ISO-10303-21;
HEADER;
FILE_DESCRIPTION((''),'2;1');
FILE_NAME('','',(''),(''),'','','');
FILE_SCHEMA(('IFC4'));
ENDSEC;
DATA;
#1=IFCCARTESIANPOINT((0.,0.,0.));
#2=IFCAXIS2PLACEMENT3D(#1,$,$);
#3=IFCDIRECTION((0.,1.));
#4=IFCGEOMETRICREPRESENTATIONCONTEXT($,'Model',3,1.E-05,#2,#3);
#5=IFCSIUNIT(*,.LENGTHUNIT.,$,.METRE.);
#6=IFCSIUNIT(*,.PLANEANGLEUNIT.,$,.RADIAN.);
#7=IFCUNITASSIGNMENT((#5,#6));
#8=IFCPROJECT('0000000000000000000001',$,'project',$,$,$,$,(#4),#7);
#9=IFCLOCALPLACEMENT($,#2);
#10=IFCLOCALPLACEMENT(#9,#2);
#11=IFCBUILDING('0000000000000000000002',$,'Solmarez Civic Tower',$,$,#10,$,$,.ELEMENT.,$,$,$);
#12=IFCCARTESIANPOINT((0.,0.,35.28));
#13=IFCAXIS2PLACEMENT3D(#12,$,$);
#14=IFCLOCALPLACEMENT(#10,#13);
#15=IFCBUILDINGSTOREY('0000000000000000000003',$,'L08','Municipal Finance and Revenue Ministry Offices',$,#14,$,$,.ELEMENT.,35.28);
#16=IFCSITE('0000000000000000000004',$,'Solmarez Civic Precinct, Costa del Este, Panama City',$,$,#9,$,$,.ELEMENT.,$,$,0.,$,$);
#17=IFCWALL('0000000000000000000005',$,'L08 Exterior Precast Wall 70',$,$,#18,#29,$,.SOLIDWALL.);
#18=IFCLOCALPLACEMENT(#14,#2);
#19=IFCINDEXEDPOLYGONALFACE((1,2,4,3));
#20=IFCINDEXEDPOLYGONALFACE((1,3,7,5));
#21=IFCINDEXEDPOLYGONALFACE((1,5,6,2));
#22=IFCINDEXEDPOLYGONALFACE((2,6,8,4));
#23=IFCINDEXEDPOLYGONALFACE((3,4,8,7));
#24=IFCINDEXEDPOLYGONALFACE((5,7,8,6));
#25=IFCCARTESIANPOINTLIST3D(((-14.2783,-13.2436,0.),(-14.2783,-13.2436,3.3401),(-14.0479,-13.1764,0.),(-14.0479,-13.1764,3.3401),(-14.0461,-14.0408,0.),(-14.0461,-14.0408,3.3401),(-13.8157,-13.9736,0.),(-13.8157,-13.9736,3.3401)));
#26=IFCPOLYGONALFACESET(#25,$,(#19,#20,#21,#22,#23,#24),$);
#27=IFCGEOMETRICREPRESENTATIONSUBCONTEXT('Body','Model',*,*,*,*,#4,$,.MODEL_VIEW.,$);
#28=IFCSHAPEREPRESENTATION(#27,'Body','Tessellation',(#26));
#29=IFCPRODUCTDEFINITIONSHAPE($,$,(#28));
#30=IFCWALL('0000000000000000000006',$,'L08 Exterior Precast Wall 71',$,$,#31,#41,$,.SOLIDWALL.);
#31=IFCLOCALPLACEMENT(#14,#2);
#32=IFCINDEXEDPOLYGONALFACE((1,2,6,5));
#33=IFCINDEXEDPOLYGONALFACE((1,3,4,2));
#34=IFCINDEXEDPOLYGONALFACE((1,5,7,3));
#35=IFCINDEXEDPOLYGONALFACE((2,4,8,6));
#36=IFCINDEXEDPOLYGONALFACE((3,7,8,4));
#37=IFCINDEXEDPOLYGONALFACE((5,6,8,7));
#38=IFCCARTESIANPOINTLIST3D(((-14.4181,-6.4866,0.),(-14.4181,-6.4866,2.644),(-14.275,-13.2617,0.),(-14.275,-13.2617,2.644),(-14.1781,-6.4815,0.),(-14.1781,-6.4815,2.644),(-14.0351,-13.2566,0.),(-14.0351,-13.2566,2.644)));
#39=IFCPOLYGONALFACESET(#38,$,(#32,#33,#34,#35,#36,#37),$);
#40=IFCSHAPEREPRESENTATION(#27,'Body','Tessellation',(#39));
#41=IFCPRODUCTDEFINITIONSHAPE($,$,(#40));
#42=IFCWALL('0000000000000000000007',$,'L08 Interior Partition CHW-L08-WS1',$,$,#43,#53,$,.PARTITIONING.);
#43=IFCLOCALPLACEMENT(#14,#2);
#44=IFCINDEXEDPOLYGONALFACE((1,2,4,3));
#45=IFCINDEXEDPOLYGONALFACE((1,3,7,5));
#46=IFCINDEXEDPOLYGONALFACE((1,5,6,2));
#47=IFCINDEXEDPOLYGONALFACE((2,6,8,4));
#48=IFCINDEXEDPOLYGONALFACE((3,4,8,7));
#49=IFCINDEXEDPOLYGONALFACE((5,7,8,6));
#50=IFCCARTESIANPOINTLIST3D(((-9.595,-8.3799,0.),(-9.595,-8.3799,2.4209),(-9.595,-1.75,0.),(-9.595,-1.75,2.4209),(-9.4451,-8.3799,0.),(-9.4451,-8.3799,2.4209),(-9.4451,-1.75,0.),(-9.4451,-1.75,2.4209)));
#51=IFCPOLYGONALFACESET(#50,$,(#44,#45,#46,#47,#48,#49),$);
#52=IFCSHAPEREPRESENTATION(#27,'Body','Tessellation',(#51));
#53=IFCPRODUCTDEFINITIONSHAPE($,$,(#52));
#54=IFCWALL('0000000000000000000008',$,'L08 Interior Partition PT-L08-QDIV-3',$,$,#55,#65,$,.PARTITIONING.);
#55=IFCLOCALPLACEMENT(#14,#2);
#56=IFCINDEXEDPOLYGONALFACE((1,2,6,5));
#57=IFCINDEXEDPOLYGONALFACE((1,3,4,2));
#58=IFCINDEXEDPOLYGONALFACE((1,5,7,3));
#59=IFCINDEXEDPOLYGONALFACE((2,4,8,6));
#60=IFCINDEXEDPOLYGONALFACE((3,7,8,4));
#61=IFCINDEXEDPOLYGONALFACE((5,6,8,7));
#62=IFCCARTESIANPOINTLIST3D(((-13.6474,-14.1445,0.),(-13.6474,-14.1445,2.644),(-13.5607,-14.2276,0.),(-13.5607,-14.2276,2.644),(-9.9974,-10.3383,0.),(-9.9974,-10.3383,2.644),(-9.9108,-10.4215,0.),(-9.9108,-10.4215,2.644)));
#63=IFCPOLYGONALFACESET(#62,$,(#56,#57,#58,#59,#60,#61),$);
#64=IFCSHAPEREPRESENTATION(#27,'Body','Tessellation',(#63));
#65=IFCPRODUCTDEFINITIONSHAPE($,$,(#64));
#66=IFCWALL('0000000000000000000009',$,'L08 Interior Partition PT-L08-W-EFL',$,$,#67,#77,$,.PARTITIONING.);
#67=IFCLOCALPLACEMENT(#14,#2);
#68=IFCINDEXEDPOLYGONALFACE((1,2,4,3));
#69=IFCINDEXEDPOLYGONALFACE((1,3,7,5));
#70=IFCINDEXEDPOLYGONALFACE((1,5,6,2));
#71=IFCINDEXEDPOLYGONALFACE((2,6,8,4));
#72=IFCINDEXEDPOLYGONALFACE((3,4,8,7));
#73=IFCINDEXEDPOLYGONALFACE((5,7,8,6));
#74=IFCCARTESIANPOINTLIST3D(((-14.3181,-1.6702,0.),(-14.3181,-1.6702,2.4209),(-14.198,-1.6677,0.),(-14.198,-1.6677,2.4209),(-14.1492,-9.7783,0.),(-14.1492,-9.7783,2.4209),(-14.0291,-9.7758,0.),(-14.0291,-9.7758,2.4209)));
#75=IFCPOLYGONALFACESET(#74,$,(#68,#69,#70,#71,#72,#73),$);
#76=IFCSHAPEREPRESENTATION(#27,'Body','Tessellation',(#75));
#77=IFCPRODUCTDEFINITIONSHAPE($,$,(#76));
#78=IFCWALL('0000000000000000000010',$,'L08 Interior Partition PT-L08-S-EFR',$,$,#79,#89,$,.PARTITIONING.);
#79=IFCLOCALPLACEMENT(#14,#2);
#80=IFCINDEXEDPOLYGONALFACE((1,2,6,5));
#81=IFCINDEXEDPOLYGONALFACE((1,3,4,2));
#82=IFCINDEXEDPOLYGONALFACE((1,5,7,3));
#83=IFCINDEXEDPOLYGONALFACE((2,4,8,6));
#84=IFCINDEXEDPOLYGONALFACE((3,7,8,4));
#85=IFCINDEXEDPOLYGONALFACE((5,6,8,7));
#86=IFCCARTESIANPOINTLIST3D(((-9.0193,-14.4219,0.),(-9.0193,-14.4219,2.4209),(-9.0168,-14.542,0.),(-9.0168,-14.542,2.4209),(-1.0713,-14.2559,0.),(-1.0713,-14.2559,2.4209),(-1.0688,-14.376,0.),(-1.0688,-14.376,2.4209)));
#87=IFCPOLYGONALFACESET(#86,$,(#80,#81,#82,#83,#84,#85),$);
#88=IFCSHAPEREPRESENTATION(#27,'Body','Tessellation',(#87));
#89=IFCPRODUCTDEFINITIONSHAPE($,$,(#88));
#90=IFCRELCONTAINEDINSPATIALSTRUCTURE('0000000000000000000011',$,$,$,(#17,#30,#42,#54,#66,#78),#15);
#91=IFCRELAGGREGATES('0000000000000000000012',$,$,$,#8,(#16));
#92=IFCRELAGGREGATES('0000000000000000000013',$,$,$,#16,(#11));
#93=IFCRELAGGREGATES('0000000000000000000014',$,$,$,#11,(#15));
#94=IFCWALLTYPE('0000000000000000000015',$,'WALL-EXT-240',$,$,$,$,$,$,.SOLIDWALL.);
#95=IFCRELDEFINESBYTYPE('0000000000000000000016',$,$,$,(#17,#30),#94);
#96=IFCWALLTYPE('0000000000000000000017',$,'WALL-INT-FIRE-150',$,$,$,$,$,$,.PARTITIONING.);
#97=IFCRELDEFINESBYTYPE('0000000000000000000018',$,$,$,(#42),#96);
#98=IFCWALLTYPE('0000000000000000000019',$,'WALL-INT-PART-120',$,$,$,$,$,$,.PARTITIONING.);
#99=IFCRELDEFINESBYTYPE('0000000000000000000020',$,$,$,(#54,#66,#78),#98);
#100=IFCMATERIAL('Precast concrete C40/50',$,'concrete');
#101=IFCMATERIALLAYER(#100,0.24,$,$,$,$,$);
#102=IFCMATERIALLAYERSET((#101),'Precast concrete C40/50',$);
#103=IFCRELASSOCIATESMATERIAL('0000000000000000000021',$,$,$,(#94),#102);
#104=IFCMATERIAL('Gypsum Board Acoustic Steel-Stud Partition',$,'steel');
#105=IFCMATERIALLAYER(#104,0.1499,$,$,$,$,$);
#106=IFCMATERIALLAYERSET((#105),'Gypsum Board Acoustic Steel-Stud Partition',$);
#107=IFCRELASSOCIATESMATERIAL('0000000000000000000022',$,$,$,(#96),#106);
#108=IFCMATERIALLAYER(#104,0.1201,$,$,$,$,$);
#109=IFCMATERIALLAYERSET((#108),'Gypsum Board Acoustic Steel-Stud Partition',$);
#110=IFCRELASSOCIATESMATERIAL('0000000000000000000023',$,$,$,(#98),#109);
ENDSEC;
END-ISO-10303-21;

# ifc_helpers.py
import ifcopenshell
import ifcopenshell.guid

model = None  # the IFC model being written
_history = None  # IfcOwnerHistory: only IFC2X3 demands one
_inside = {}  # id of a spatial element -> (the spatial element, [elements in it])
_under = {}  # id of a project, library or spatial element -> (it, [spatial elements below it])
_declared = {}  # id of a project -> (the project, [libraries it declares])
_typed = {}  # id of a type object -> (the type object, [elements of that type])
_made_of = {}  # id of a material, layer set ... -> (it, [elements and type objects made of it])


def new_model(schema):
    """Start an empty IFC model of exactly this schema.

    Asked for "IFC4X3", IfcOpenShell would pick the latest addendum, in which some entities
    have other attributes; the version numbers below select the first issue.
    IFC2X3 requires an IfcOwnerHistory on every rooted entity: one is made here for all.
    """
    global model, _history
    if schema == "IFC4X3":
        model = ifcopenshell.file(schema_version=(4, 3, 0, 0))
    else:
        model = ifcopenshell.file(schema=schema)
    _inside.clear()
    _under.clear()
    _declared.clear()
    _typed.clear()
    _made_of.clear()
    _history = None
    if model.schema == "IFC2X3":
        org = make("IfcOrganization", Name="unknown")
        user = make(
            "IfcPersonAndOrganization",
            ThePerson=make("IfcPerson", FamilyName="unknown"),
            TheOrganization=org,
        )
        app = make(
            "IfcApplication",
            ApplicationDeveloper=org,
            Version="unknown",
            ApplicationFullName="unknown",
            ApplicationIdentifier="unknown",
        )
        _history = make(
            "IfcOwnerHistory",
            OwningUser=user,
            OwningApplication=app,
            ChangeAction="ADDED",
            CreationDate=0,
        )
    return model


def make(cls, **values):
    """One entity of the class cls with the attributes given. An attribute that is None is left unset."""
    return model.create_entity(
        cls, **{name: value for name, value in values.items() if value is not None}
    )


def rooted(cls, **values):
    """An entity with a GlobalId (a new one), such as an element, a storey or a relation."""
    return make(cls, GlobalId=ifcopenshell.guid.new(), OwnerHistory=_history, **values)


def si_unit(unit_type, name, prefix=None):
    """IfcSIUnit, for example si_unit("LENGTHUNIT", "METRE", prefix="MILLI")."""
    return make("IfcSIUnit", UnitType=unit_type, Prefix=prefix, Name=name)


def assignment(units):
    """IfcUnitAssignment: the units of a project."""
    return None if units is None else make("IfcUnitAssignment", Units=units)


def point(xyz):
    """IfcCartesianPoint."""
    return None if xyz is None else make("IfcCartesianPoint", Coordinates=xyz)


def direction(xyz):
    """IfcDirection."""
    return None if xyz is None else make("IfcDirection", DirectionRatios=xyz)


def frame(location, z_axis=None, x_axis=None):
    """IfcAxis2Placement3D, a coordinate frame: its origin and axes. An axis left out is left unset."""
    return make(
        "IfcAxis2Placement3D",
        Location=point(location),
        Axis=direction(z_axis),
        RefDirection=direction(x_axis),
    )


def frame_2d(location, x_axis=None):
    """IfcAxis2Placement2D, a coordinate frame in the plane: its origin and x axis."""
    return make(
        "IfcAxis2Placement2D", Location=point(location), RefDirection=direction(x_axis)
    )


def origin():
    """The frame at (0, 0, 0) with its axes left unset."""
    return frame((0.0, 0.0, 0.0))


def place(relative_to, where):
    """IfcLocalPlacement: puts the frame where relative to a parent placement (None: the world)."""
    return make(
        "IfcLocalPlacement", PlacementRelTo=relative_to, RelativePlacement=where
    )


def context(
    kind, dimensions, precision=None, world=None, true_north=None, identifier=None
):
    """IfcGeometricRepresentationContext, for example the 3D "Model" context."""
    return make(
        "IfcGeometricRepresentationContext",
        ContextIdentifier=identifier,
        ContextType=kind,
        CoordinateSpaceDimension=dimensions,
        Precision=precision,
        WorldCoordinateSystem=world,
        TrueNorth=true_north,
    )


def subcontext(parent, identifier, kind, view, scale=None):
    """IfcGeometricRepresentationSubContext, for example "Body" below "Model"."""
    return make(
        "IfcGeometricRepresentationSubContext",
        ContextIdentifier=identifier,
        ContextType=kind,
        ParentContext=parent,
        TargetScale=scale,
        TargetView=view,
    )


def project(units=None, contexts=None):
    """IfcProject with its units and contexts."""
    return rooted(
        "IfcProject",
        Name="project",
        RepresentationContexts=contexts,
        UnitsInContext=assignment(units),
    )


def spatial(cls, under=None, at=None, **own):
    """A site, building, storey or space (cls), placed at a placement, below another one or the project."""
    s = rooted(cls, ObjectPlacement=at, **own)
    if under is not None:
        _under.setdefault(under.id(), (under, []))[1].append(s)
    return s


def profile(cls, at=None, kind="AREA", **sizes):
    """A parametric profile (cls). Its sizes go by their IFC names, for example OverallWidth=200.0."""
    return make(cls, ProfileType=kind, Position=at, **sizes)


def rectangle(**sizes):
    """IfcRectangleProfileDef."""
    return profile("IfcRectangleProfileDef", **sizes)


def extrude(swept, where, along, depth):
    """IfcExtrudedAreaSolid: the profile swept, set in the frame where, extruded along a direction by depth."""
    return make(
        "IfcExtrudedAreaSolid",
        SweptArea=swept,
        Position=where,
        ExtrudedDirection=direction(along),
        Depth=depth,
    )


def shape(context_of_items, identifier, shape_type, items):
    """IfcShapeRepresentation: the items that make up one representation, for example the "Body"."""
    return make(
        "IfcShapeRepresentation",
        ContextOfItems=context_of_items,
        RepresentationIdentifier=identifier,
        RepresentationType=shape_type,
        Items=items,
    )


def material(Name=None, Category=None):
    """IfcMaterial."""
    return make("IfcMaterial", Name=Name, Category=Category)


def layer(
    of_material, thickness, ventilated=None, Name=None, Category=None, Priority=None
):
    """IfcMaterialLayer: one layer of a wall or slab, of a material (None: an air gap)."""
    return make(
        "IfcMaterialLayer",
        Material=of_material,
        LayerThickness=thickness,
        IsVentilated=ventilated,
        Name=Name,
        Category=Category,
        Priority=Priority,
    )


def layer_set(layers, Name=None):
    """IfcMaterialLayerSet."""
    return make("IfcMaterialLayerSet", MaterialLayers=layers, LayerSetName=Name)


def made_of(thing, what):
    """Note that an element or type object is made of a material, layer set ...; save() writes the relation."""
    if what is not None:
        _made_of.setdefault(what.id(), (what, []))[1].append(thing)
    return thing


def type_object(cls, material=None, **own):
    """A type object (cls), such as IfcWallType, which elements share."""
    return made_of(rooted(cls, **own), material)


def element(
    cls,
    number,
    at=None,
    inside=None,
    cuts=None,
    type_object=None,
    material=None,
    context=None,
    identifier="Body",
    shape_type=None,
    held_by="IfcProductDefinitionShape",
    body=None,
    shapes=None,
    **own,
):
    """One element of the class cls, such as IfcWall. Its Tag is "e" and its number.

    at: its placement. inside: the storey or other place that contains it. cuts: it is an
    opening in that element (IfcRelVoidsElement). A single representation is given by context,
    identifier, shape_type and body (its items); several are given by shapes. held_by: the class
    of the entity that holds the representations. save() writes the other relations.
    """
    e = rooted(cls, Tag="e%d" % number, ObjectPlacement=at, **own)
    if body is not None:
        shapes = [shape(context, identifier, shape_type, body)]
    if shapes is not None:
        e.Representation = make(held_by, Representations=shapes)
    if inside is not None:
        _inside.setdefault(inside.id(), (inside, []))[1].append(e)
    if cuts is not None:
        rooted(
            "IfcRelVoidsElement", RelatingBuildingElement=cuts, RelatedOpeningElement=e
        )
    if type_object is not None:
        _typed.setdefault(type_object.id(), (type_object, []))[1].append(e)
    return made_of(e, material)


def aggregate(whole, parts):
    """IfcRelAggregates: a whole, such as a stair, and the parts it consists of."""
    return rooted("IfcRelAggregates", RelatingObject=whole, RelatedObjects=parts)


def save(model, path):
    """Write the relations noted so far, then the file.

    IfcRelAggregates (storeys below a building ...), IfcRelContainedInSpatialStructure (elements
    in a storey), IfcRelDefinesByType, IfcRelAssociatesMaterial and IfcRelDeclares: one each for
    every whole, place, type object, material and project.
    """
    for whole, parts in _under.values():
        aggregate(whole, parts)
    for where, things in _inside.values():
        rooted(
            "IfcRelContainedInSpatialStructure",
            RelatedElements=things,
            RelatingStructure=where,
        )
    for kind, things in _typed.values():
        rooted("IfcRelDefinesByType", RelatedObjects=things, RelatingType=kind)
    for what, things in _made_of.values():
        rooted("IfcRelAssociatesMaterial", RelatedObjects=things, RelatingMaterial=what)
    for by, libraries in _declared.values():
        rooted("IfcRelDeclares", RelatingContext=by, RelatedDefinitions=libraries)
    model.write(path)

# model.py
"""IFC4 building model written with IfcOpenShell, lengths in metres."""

from ifc_helpers import new_model, si_unit, direction, frame, frame_2d, origin, place, context, subcontext, project, spatial, rectangle, extrude, material, layer, layer_set, type_object, element, save


model = new_model("IFC4")

# Units and contexts
model_context = context("Model", 3, precision=1e-05, world=origin(), true_north=direction((0.0, 1.0)))
body_context = subcontext(model_context, "Body", "Model", "MODEL_VIEW")
ifc_project = project(units=[si_unit("LENGTHUNIT", "METRE"), si_unit("PLANEANGLEUNIT", "RADIAN")], contexts=[model_context])

# Site, building, storey
site_placement = place(None, origin())
site = spatial("IfcSite", under=ifc_project, at=site_placement, Name="Solmarez Civic Precinct, Costa del Este, Panama City", CompositionType="ELEMENT", RefElevation=0.0)
building_placement = place(site_placement, origin())
building = spatial("IfcBuilding", under=site, at=building_placement, Name="Solmarez Civic Tower", CompositionType="ELEMENT")
storey_placement = place(building_placement, frame((0.0, 0.0, 35.28)))
storey = spatial("IfcBuildingStorey", under=building, at=storey_placement, Name="L08", Description="Municipal Finance and Revenue Ministry Offices", CompositionType="ELEMENT", Elevation=35.28)

# Shared definitions
ifc_material_1 = material(Name="Precast concrete C40/50", Category="concrete")
ifc_layer_1 = layer(ifc_material_1, 0.24)
ifc_layer_set_1 = layer_set([ifc_layer_1], Name="Precast concrete C40/50")
wall_type_1 = type_object("IfcWallType", Name="WALL-EXT-240", PredefinedType="SOLIDWALL", material=ifc_layer_set_1)

# Walls
wall_1_placement = place(storey_placement, frame((-13.9309, -14.0071, 0.0), z_axis=(0.0, 0.0, 1.0), x_axis=(-0.27965, 0.960102, 0.0)))
element("IfcWall", 1, at=wall_1_placement, inside=storey, type_object=wall_type_1, Name="L08 Exterior Precast Wall 70", PredefinedType="SOLIDWALL", context=body_context, shape_type="SweptSolid", body=[
    extrude(rectangle(XDim=0.8303, YDim=0.24, at=frame_2d((0.415, 0.0))), origin(), (0.0, 0.0, 1.0), 3.3401),
])
wall_2_placement = place(storey_placement, frame((-14.155, -13.259, 0.0), z_axis=(0.0, 0.0, 1.0), x_axis=(-0.021112, 0.999777, 0.0)))
element("IfcWall", 2, at=wall_2_placement, inside=storey, type_object=wall_type_1, Name="L08 Exterior Precast Wall 71", PredefinedType="SOLIDWALL", context=body_context, shape_type="SweptSolid", body=[
    extrude(rectangle(XDim=6.7766, YDim=0.24, at=frame_2d((3.3882, 0.0))), origin(), (0.0, 0.0, 1.0), 2.644),
])
ifc_material_2 = material(Name="Gypsum Board Acoustic Steel-Stud Partition", Category="steel")
ifc_layer_2 = layer(ifc_material_2, 0.1499)
ifc_layer_set_2 = layer_set([ifc_layer_2], Name="Gypsum Board Acoustic Steel-Stud Partition")
wall_type_2 = type_object("IfcWallType", Name="WALL-INT-FIRE-150", PredefinedType="PARTITIONING", material=ifc_layer_set_2)
wall_3_placement = place(storey_placement, frame((-9.52, -8.3799, 0.0), z_axis=(0.0, 0.0, 1.0), x_axis=(0.0, 1.0, 0.0)))
element("IfcWall", 3, at=wall_3_placement, inside=storey, type_object=wall_type_2, Name="L08 Interior Partition CHW-L08-WS1", PredefinedType="PARTITIONING", context=body_context, shape_type="SweptSolid", body=[
    extrude(rectangle(XDim=6.6299, YDim=0.1499, at=frame_2d((3.3149, 0.0))), origin(), (0.0, 0.0, 1.0), 2.4209),
])
ifc_layer_3 = layer(ifc_material_2, 0.1201)
ifc_layer_set_3 = layer_set([ifc_layer_3], Name="Gypsum Board Acoustic Steel-Stud Partition")
wall_type_3 = type_object("IfcWallType", Name="WALL-INT-PART-120", PredefinedType="PARTITIONING", material=ifc_layer_set_3)
wall_4_placement = place(storey_placement, frame((-9.9541, -10.3799, 0.0), z_axis=(0.0, 0.0, 1.0), x_axis=(-0.692137, -0.721767, 0.0)))
element("IfcWall", 4, at=wall_4_placement, inside=storey, type_object=wall_type_3, Name="L08 Interior Partition PT-L08-QDIV-3", PredefinedType="PARTITIONING", context=body_context, shape_type="SweptSolid", body=[
    extrude(rectangle(XDim=5.2734, YDim=0.1201, at=frame_2d((2.6367, 0.0))), origin(), (0.0, 0.0, 1.0), 2.644),
])
wall_5_placement = place(storey_placement, frame((-14.2581, -1.6689, 0.0), z_axis=(0.0, 0.0, 1.0), x_axis=(0.020832, -0.999783, 0.0)))
element("IfcWall", 5, at=wall_5_placement, inside=storey, type_object=wall_type_3, Name="L08 Interior Partition PT-L08-W-EFL", PredefinedType="PARTITIONING", context=body_context, shape_type="SweptSolid", body=[
    extrude(rectangle(XDim=8.1099, YDim=0.1201, at=frame_2d((4.0549, 0.0))), origin(), (0.0, 0.0, 1.0), 2.4209),
])
wall_6_placement = place(storey_placement, frame((-9.0181, -14.4819, 0.0), z_axis=(0.0, 0.0, 1.0), x_axis=(0.999782, 0.020883, 0.0)))
element("IfcWall", 6, at=wall_6_placement, inside=storey, type_object=wall_type_3, Name="L08 Interior Partition PT-L08-S-EFR", PredefinedType="PARTITIONING", context=body_context, shape_type="SweptSolid", body=[
    extrude(rectangle(XDim=7.9497, YDim=0.1201, at=frame_2d((3.9749, 0.0))), origin(), (0.0, 0.0, 1.0), 2.4209),
])

save(model, "model.ifc")
